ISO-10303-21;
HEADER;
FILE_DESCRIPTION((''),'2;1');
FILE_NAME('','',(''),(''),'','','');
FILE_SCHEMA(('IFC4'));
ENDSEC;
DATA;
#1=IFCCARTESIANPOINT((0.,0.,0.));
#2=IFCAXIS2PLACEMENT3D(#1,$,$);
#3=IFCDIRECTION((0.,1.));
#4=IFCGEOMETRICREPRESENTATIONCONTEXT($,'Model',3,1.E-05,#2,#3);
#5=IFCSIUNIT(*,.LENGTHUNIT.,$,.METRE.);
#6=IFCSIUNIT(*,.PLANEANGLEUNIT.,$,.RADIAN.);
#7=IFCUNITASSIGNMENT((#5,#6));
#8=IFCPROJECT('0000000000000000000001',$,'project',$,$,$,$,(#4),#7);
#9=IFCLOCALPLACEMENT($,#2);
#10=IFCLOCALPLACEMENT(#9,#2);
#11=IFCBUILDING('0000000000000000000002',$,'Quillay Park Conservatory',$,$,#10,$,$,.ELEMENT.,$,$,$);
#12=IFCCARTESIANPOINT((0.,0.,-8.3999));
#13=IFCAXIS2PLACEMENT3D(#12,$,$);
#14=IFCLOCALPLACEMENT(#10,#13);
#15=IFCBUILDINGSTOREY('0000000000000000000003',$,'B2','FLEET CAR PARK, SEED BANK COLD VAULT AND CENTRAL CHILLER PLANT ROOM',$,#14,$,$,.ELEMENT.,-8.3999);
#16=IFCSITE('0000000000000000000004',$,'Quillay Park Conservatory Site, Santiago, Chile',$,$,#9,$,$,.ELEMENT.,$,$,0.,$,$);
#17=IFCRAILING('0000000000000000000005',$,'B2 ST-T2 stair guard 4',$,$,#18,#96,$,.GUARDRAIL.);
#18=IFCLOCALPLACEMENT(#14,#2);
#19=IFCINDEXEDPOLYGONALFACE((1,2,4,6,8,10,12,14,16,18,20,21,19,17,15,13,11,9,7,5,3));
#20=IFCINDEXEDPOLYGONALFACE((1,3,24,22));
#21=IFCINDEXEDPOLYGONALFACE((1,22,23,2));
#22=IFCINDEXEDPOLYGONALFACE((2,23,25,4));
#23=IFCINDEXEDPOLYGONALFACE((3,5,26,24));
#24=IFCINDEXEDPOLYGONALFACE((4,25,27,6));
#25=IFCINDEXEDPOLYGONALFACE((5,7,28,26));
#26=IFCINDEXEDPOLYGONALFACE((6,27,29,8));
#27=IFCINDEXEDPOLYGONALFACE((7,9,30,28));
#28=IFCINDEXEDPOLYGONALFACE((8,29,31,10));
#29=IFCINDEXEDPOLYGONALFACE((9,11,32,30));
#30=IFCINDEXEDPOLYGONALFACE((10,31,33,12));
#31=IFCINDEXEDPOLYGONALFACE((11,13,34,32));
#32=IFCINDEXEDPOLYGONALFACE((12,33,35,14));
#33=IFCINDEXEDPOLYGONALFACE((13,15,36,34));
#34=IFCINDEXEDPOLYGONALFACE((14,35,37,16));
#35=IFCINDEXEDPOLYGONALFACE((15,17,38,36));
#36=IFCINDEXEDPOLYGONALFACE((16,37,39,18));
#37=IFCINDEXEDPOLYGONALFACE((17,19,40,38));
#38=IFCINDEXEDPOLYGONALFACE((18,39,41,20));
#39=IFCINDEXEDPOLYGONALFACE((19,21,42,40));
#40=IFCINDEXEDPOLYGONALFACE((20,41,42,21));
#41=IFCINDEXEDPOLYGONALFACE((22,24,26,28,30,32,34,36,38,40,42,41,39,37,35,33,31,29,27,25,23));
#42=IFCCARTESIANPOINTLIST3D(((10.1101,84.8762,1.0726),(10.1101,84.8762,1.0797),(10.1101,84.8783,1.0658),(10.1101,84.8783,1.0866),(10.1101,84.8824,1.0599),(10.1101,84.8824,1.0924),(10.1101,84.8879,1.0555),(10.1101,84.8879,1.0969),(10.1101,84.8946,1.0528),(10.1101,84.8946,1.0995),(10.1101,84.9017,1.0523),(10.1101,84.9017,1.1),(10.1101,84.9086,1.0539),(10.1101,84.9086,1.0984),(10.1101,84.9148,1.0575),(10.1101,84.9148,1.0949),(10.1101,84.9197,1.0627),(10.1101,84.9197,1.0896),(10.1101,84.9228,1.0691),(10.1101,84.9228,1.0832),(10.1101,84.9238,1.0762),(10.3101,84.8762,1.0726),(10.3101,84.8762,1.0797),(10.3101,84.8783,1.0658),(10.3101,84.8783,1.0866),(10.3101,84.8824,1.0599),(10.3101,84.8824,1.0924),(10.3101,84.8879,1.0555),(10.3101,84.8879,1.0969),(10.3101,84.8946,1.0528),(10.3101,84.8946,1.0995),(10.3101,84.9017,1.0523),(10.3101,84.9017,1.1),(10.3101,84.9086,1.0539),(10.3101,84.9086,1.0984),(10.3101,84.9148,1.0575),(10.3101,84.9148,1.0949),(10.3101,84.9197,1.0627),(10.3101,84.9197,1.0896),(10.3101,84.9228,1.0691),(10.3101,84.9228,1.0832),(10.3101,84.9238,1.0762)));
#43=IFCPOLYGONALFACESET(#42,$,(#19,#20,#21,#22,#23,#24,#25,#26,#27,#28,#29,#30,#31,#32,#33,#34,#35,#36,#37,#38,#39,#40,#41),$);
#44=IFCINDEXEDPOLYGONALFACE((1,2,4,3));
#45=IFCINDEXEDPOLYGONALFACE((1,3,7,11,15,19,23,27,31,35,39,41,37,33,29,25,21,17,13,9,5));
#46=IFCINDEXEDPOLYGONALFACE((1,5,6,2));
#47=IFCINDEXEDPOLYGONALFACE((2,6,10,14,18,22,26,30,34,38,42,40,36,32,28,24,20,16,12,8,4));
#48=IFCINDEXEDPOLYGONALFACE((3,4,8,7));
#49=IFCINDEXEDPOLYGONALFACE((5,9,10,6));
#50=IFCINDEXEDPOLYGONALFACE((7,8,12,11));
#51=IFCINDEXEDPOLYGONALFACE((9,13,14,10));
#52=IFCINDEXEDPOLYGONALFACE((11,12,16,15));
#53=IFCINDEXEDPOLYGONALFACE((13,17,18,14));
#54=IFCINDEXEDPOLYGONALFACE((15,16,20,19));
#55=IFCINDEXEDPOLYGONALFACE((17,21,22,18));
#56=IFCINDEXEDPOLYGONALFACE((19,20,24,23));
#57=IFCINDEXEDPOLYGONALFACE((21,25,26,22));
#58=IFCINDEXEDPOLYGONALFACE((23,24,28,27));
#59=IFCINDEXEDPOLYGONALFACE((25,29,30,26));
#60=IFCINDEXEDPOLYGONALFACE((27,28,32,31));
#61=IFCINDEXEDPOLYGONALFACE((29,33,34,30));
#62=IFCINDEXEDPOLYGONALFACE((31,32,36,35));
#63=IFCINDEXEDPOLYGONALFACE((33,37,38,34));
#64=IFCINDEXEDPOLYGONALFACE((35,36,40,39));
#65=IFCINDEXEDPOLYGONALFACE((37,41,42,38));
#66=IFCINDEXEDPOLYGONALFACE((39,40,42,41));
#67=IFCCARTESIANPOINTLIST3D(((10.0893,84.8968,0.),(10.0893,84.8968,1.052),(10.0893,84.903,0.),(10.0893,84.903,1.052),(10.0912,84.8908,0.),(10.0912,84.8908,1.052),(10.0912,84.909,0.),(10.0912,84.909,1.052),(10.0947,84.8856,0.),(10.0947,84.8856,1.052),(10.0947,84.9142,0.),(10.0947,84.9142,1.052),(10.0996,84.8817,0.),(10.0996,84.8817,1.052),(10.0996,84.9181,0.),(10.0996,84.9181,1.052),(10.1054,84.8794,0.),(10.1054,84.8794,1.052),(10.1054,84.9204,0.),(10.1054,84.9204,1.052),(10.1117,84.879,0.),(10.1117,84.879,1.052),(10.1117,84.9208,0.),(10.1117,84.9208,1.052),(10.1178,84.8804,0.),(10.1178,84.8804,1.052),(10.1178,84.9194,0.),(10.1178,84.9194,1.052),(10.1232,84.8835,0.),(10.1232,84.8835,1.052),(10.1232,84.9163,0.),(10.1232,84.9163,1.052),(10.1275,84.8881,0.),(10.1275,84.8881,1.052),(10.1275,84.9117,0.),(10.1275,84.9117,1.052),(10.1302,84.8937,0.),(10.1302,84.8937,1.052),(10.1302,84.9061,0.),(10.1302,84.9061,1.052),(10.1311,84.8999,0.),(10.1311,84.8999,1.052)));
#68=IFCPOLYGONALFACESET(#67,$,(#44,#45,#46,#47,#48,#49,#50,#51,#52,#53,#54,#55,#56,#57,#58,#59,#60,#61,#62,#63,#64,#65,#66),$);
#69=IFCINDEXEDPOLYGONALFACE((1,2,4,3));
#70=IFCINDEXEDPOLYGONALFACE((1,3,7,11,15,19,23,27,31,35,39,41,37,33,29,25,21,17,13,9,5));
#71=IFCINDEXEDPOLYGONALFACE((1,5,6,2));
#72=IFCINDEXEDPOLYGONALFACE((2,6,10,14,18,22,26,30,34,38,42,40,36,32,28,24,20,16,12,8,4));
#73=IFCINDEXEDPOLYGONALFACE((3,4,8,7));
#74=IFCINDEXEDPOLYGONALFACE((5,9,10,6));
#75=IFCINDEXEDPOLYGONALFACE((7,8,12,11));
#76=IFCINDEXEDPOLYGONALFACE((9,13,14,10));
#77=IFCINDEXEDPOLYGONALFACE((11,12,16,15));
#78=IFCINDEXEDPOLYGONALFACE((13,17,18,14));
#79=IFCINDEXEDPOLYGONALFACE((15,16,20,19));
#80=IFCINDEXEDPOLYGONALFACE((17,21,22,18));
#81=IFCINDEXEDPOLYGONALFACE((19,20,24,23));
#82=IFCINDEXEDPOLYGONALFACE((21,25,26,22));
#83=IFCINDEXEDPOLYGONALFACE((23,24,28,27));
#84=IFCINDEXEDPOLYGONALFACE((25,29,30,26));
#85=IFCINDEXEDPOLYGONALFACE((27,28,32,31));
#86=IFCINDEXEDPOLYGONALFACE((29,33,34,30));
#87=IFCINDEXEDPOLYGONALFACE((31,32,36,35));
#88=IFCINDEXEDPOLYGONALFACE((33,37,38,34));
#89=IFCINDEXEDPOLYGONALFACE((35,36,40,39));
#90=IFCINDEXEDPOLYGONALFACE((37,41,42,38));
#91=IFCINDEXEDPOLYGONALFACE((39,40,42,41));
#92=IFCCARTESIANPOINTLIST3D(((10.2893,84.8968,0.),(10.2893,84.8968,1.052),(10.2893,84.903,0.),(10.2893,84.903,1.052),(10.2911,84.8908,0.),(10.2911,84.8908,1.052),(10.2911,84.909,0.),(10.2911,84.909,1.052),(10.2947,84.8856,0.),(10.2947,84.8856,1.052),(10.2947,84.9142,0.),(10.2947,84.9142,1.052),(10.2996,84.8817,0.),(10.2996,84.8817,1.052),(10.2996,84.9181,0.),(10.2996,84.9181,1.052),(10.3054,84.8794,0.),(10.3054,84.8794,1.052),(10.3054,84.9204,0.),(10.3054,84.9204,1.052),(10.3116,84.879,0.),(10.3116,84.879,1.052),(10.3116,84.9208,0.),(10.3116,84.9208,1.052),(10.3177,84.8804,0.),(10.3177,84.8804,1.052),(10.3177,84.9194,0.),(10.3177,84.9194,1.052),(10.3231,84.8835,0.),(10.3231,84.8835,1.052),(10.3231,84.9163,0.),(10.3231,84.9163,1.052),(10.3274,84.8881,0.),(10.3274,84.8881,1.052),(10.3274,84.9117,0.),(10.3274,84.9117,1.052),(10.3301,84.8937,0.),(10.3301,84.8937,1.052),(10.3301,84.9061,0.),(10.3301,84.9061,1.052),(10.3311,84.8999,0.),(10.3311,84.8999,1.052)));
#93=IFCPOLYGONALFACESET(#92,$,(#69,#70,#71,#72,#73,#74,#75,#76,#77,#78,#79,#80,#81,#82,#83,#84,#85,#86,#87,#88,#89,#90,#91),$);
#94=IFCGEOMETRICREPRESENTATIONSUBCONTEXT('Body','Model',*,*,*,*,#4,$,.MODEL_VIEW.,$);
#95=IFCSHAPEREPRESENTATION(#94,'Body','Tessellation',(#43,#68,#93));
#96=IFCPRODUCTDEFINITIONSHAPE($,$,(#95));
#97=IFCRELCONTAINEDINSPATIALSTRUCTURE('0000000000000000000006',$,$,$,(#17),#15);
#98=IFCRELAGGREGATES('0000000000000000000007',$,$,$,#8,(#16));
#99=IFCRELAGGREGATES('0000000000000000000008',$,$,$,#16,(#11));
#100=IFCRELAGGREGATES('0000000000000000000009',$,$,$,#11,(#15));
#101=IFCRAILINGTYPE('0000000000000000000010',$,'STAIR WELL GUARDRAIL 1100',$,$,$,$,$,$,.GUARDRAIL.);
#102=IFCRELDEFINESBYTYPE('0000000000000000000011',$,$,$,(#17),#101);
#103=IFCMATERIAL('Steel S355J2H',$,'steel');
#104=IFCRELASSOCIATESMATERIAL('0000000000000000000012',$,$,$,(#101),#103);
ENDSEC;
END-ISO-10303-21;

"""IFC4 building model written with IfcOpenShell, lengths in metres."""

from ifc_helpers import new_model, si_unit, direction, frame, origin, origin_2d, place, context, subcontext, project, spatial, circle, extrude, material, type_object, element, save


model = new_model("IFC4")

# Units and contexts
model_context = context("Model", 3, precision=1e-05, world=origin(), true_north=direction((0.0, 1.0)))
body_context = subcontext(model_context, "Body", "Model", "MODEL_VIEW")
ifc_project = project(units=[si_unit("LENGTHUNIT", "METRE"), si_unit("PLANEANGLEUNIT", "RADIAN")], contexts=[model_context])

# Site, building, storey
site_placement = place(None, origin())
site = spatial("IfcSite", under=ifc_project, at=site_placement, Name="Quillay Park Conservatory Site, Santiago, Chile", CompositionType="ELEMENT", RefElevation=0.0)
building_placement = place(site_placement, origin())
building = spatial("IfcBuilding", under=site, at=building_placement, Name="Quillay Park Conservatory", CompositionType="ELEMENT")
storey_placement = place(building_placement, frame((0.0, 0.0, -8.3999)))
storey = spatial("IfcBuildingStorey", under=building, at=storey_placement, Name="B2", Description="FLEET CAR PARK, SEED BANK COLD VAULT AND CENTRAL CHILLER PLANT ROOM", CompositionType="ELEMENT", Elevation=-8.3999)

# Railing
ifc_material_1 = material(Name="Steel S355J2H", Category="steel")
railing_type_1 = type_object("IfcRailingType", Name="STAIR WELL GUARDRAIL 1100", PredefinedType="GUARDRAIL", material=ifc_material_1)
railing_1_placement = place(storey_placement, frame((10.1101, 84.8999, 0.0)))
element("IfcRailing", 1, at=railing_1_placement, inside=storey, type_object=railing_type_1, Name="B2 ST-T2 stair guard 4", PredefinedType="GUARDRAIL", context=body_context, shape_type="SweptSolid", body=[
    extrude(circle(Radius=0.0239, at=origin_2d()), frame((0.0, 0.0, 1.0762), z_axis=(1.0, 0.0, 0.0), x_axis=(0.0, 1.0, 0.0)), (0.0, 0.0, 1.0), 0.2),
    extrude(circle(Radius=0.021, at=origin_2d()), origin(), (0.0, 0.0, 1.0), 1.052),
    extrude(circle(Radius=0.021, at=origin_2d()), frame((0.2, 0.0, 0.0)), (0.0, 0.0, 1.0), 1.052),
])

save(model, "model.ifc")
